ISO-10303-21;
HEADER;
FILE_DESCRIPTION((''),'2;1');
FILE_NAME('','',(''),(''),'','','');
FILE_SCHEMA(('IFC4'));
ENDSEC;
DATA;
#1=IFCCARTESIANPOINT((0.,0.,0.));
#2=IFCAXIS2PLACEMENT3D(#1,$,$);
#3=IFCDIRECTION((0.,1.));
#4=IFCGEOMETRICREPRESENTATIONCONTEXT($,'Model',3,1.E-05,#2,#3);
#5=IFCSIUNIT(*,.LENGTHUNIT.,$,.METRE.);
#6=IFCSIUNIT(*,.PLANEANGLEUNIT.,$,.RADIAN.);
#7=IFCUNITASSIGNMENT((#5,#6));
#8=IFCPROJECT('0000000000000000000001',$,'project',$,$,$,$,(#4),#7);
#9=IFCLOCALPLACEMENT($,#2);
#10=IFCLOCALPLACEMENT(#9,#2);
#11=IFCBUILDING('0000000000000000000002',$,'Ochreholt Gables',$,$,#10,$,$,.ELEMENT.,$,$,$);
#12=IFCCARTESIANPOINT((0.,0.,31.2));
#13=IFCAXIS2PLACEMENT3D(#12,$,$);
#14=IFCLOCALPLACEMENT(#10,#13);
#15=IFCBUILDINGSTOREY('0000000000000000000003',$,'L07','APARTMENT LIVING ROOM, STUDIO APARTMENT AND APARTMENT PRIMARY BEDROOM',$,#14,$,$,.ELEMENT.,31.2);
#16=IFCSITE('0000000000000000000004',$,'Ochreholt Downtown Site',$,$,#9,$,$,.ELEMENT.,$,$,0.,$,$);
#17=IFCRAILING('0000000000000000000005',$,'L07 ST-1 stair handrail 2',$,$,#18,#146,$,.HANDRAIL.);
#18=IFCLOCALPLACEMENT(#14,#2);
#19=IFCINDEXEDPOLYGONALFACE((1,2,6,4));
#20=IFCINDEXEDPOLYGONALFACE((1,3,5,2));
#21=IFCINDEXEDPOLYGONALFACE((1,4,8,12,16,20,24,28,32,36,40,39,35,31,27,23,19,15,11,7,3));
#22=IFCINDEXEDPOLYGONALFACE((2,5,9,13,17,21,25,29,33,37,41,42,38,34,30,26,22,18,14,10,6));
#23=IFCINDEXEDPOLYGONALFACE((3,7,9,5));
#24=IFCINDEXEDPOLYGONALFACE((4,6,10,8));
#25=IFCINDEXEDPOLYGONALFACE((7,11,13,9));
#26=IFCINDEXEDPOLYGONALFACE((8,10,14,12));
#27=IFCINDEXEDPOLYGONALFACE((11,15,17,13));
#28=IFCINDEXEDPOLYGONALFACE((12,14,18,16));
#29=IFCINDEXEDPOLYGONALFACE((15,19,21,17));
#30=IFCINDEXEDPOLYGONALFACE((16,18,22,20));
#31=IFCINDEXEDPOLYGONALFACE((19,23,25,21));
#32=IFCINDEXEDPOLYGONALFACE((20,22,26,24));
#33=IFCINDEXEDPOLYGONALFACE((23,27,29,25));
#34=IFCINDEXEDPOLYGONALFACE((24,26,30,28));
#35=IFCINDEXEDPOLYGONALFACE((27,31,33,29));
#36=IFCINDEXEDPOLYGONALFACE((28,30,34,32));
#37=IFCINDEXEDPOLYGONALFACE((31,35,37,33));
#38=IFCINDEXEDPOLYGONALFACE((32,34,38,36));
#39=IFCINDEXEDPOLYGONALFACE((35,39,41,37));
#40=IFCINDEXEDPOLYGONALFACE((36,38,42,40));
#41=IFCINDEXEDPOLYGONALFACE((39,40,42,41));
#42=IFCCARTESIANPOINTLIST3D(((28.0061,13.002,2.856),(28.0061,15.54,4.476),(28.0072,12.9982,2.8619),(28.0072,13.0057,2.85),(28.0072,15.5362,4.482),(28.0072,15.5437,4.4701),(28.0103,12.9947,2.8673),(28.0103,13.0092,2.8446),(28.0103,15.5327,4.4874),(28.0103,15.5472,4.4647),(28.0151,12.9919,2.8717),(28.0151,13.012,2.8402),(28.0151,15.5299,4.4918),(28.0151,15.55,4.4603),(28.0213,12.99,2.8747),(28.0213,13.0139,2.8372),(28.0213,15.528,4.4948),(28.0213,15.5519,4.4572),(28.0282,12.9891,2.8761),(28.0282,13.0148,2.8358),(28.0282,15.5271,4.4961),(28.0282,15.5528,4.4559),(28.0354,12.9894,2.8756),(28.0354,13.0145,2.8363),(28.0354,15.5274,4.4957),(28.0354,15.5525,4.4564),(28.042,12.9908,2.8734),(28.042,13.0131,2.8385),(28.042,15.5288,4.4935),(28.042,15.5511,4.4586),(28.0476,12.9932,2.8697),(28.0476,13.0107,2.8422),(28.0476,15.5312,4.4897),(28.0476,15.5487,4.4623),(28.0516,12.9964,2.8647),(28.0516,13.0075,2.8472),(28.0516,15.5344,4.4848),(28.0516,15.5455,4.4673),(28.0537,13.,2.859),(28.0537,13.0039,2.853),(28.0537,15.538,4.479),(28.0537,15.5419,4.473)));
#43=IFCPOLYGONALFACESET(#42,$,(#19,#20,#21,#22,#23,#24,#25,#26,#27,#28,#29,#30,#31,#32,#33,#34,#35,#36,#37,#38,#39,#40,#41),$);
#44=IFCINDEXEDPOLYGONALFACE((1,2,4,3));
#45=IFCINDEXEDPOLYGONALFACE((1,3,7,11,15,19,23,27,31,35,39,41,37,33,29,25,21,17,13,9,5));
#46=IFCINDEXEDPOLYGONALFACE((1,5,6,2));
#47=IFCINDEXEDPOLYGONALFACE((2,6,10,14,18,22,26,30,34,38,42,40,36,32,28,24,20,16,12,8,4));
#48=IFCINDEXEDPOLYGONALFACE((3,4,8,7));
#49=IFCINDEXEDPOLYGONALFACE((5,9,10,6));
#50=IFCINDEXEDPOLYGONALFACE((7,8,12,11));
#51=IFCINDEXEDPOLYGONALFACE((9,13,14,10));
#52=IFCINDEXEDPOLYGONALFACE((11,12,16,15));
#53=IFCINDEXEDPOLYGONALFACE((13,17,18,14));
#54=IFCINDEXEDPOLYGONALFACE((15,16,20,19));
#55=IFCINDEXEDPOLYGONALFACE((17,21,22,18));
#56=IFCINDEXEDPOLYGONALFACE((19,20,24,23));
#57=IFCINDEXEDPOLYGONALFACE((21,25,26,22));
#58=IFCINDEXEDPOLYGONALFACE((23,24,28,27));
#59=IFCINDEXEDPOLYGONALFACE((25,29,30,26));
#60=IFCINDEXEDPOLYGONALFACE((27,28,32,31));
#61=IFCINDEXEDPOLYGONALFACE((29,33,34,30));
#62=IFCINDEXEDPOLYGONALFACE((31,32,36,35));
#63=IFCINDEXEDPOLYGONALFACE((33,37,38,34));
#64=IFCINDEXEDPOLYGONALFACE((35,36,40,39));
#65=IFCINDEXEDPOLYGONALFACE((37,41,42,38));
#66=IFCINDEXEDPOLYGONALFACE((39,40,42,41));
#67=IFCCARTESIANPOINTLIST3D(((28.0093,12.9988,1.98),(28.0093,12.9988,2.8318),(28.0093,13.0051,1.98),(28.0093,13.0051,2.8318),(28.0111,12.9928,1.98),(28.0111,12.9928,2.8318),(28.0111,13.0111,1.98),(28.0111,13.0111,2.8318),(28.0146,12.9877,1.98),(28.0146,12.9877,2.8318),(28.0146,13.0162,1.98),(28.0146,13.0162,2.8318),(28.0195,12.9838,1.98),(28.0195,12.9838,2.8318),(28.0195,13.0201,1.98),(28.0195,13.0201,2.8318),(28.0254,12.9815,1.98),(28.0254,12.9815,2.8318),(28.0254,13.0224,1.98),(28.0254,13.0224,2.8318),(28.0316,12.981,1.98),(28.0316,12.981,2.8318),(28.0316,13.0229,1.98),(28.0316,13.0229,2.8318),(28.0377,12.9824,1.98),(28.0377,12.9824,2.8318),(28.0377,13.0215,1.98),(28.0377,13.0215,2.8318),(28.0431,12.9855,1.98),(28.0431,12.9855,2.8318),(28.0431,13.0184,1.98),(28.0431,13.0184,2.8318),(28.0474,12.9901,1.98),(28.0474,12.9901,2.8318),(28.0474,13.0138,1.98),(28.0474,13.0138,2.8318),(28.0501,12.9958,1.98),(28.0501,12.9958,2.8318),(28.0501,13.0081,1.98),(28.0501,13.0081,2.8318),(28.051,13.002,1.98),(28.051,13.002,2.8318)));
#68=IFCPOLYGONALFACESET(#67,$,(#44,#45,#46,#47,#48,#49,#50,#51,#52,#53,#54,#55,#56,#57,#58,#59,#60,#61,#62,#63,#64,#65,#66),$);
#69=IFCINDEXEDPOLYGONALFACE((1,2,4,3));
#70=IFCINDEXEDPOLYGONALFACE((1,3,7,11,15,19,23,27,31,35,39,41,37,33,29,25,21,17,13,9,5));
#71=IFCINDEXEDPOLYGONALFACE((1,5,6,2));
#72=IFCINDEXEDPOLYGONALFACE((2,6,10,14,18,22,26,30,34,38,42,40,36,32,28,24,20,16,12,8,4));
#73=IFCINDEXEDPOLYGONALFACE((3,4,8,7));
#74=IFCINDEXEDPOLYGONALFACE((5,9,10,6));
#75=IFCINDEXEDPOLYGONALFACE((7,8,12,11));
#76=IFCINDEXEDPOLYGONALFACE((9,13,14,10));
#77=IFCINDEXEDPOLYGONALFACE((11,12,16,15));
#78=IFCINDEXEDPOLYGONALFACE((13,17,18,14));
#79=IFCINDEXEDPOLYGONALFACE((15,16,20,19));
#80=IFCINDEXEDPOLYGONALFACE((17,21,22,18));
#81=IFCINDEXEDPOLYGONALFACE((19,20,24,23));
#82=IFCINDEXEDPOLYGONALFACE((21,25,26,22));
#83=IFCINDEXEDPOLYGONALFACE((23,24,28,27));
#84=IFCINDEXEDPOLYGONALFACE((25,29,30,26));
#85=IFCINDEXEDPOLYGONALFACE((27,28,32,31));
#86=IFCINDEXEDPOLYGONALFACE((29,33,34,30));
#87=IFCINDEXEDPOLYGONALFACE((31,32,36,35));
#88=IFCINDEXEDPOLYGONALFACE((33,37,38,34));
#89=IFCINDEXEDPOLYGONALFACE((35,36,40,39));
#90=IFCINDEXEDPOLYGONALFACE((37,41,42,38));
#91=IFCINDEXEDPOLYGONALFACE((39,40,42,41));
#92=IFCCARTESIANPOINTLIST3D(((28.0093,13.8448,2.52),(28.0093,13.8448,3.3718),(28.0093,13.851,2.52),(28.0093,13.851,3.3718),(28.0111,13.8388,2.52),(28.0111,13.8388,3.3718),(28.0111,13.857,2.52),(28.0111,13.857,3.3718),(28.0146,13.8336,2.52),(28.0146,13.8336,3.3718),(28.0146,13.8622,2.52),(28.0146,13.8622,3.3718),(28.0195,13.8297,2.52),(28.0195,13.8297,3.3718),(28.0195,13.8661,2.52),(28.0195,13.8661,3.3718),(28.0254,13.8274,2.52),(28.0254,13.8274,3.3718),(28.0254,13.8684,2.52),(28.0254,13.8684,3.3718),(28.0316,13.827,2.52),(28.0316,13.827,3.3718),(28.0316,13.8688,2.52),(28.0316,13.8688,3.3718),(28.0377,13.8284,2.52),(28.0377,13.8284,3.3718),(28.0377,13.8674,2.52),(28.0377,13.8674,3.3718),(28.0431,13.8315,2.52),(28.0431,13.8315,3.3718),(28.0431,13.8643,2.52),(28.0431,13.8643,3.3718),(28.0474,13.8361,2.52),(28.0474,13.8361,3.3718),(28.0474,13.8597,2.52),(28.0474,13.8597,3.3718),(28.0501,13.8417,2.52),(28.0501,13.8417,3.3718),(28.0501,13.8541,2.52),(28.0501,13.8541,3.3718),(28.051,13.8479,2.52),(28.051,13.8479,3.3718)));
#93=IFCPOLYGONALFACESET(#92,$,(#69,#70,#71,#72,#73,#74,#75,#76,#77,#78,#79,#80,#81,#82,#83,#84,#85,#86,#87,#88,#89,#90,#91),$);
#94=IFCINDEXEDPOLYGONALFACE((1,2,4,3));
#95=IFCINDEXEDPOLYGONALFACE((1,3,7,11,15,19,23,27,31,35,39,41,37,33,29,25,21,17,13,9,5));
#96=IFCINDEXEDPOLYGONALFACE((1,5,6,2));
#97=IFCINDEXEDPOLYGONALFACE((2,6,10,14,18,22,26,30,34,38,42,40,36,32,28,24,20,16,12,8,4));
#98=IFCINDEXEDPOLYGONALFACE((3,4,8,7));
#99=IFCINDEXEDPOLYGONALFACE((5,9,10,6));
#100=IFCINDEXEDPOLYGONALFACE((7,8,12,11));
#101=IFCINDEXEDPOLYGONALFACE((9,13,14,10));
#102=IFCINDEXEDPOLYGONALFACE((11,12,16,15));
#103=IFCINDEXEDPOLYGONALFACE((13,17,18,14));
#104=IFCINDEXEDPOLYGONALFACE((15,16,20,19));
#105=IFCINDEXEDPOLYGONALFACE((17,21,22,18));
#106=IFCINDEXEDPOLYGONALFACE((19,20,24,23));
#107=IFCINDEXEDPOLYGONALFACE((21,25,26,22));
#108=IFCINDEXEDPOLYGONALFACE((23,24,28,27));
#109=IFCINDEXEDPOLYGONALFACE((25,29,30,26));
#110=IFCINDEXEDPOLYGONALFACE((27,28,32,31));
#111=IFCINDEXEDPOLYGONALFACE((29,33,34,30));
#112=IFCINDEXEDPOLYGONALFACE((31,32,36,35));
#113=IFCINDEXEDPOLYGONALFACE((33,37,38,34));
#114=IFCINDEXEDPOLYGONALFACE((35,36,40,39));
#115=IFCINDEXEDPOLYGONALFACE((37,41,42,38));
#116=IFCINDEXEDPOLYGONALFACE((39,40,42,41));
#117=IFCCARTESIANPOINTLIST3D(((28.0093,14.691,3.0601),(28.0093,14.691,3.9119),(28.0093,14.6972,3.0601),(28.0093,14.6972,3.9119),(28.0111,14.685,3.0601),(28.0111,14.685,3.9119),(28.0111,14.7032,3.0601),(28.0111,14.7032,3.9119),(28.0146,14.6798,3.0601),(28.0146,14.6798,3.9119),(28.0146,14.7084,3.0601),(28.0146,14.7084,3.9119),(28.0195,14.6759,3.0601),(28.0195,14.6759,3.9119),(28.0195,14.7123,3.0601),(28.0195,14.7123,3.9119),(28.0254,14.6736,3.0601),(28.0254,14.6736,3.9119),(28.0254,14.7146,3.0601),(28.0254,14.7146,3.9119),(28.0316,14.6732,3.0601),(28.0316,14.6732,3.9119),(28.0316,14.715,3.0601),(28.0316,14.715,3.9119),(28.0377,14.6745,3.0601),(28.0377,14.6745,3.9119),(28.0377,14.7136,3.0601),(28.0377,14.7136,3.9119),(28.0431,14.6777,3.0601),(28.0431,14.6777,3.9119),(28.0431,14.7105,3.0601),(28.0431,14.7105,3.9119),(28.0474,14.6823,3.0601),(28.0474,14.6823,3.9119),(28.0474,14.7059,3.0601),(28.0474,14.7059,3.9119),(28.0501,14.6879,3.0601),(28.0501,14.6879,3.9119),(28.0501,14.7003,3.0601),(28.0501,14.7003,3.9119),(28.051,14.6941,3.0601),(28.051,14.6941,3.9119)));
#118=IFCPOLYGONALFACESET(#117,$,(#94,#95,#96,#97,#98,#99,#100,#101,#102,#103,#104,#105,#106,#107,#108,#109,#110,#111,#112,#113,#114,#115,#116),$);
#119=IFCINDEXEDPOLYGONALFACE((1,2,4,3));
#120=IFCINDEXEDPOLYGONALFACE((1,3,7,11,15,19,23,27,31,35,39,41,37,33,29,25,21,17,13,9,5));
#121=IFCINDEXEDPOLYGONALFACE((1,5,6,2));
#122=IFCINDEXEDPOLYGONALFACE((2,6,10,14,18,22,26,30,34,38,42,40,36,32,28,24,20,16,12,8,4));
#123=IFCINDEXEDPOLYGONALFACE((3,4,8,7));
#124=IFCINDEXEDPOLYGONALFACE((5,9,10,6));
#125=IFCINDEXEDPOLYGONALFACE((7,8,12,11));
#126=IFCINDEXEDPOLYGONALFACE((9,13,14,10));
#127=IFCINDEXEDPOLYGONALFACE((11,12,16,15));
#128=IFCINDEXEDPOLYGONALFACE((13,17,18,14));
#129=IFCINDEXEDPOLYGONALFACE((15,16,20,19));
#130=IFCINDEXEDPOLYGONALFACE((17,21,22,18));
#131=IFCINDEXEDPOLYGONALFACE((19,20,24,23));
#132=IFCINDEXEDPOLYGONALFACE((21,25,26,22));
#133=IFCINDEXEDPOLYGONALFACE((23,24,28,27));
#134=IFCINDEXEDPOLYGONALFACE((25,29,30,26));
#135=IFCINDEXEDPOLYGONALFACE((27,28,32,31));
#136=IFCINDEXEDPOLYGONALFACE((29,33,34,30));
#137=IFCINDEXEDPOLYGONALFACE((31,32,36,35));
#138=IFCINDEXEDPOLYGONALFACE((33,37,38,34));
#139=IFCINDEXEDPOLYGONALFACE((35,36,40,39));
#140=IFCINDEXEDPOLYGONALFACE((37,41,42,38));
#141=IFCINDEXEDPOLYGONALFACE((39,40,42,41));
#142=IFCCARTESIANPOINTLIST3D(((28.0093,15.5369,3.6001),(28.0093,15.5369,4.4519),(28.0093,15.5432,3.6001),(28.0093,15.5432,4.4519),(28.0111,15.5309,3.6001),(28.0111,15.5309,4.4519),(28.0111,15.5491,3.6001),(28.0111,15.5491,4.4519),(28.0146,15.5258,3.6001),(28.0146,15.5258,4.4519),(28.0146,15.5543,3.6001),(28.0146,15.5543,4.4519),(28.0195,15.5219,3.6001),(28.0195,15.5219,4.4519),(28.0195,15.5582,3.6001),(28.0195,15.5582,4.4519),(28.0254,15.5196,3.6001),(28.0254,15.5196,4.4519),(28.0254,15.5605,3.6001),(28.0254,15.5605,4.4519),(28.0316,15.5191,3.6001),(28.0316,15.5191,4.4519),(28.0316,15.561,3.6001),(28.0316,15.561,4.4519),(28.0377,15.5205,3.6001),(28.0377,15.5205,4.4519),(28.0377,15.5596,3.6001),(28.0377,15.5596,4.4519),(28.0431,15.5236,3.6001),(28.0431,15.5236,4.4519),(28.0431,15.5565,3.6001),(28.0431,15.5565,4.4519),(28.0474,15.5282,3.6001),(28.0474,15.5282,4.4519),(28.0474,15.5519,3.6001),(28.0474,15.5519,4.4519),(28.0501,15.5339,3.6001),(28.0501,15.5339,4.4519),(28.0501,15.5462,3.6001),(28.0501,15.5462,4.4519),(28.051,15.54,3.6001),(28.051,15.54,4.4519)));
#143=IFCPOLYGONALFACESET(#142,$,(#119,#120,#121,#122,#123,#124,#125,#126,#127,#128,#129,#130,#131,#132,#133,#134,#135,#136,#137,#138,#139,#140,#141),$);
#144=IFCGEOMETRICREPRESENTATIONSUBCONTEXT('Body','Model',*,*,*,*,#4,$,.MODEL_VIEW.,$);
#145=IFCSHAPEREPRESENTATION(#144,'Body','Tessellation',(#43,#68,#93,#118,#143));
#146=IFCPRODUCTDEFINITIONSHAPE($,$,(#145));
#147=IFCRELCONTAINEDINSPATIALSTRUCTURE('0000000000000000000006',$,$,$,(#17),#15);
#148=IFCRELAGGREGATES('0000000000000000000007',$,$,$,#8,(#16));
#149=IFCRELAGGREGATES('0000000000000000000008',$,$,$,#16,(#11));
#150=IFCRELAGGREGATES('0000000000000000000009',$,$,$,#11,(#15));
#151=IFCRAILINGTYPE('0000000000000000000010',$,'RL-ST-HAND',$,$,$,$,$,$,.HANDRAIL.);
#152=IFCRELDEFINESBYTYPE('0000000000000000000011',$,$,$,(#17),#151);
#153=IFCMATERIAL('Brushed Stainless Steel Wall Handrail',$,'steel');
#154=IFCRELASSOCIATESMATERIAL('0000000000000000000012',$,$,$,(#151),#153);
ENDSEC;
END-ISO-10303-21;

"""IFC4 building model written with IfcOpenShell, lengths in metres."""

from ifc_helpers import new_model, si_unit, direction, frame, origin, origin_2d, place, context, subcontext, project, spatial, circle, extrude, material, type_object, element, save


model = new_model("IFC4")

# Units and contexts
model_context = context("Model", 3, precision=1e-05, world=origin(), true_north=direction((0.0, 1.0)))
body_context = subcontext(model_context, "Body", "Model", "MODEL_VIEW")
ifc_project = project(units=[si_unit("LENGTHUNIT", "METRE"), si_unit("PLANEANGLEUNIT", "RADIAN")], contexts=[model_context])

# Site, building, storey
site_placement = place(None, origin())
site = spatial("IfcSite", under=ifc_project, at=site_placement, Name="Ochreholt Downtown Site", CompositionType="ELEMENT", RefElevation=0.0)
building_placement = place(site_placement, origin())
building = spatial("IfcBuilding", under=site, at=building_placement, Name="Ochreholt Gables", CompositionType="ELEMENT")
storey_placement = place(building_placement, frame((0.0, 0.0, 31.2)))
storey = spatial("IfcBuildingStorey", under=building, at=storey_placement, Name="L07", Description="APARTMENT LIVING ROOM, STUDIO APARTMENT AND APARTMENT PRIMARY BEDROOM", CompositionType="ELEMENT", Elevation=31.2)

# Railing
ifc_material_1 = material(Name="Brushed Stainless Steel Wall Handrail", Category="steel")
railing_type_1 = type_object("IfcRailingType", Name="RL-ST-HAND", PredefinedType="HANDRAIL", material=ifc_material_1)
railing_1_placement = place(storey_placement, frame((28.03, 13.002, 1.98)))
element("IfcRailing", 1, at=railing_1_placement, inside=storey, type_object=railing_type_1, Name="L07 ST-1 stair handrail 2", PredefinedType="HANDRAIL", context=body_context, shape_type="SweptSolid", body=[
    extrude(circle(Radius=0.0239, at=origin_2d()), frame((0.0, 0.0, 0.876), z_axis=(0.0, 0.842913, 0.53805), x_axis=(-1.0, 0.0, 0.0)), (0.0, 0.0, 1.0), 3.011),
    extrude(circle(Radius=0.021, at=origin_2d()), origin(), (0.0, 0.0, 1.0), 0.8518),
    extrude(circle(Radius=0.021, at=origin_2d()), frame((0.0, 0.8459, 0.54)), (0.0, 0.0, 1.0), 0.8518),
    extrude(circle(Radius=0.021, at=origin_2d()), frame((0.0, 1.6921, 1.0801)), (0.0, 0.0, 1.0), 0.8518),
    extrude(circle(Radius=0.021, at=origin_2d()), frame((0.0, 2.5381, 1.6201)), (0.0, 0.0, 1.0), 0.8518),
])

save(model, "model.ifc")
